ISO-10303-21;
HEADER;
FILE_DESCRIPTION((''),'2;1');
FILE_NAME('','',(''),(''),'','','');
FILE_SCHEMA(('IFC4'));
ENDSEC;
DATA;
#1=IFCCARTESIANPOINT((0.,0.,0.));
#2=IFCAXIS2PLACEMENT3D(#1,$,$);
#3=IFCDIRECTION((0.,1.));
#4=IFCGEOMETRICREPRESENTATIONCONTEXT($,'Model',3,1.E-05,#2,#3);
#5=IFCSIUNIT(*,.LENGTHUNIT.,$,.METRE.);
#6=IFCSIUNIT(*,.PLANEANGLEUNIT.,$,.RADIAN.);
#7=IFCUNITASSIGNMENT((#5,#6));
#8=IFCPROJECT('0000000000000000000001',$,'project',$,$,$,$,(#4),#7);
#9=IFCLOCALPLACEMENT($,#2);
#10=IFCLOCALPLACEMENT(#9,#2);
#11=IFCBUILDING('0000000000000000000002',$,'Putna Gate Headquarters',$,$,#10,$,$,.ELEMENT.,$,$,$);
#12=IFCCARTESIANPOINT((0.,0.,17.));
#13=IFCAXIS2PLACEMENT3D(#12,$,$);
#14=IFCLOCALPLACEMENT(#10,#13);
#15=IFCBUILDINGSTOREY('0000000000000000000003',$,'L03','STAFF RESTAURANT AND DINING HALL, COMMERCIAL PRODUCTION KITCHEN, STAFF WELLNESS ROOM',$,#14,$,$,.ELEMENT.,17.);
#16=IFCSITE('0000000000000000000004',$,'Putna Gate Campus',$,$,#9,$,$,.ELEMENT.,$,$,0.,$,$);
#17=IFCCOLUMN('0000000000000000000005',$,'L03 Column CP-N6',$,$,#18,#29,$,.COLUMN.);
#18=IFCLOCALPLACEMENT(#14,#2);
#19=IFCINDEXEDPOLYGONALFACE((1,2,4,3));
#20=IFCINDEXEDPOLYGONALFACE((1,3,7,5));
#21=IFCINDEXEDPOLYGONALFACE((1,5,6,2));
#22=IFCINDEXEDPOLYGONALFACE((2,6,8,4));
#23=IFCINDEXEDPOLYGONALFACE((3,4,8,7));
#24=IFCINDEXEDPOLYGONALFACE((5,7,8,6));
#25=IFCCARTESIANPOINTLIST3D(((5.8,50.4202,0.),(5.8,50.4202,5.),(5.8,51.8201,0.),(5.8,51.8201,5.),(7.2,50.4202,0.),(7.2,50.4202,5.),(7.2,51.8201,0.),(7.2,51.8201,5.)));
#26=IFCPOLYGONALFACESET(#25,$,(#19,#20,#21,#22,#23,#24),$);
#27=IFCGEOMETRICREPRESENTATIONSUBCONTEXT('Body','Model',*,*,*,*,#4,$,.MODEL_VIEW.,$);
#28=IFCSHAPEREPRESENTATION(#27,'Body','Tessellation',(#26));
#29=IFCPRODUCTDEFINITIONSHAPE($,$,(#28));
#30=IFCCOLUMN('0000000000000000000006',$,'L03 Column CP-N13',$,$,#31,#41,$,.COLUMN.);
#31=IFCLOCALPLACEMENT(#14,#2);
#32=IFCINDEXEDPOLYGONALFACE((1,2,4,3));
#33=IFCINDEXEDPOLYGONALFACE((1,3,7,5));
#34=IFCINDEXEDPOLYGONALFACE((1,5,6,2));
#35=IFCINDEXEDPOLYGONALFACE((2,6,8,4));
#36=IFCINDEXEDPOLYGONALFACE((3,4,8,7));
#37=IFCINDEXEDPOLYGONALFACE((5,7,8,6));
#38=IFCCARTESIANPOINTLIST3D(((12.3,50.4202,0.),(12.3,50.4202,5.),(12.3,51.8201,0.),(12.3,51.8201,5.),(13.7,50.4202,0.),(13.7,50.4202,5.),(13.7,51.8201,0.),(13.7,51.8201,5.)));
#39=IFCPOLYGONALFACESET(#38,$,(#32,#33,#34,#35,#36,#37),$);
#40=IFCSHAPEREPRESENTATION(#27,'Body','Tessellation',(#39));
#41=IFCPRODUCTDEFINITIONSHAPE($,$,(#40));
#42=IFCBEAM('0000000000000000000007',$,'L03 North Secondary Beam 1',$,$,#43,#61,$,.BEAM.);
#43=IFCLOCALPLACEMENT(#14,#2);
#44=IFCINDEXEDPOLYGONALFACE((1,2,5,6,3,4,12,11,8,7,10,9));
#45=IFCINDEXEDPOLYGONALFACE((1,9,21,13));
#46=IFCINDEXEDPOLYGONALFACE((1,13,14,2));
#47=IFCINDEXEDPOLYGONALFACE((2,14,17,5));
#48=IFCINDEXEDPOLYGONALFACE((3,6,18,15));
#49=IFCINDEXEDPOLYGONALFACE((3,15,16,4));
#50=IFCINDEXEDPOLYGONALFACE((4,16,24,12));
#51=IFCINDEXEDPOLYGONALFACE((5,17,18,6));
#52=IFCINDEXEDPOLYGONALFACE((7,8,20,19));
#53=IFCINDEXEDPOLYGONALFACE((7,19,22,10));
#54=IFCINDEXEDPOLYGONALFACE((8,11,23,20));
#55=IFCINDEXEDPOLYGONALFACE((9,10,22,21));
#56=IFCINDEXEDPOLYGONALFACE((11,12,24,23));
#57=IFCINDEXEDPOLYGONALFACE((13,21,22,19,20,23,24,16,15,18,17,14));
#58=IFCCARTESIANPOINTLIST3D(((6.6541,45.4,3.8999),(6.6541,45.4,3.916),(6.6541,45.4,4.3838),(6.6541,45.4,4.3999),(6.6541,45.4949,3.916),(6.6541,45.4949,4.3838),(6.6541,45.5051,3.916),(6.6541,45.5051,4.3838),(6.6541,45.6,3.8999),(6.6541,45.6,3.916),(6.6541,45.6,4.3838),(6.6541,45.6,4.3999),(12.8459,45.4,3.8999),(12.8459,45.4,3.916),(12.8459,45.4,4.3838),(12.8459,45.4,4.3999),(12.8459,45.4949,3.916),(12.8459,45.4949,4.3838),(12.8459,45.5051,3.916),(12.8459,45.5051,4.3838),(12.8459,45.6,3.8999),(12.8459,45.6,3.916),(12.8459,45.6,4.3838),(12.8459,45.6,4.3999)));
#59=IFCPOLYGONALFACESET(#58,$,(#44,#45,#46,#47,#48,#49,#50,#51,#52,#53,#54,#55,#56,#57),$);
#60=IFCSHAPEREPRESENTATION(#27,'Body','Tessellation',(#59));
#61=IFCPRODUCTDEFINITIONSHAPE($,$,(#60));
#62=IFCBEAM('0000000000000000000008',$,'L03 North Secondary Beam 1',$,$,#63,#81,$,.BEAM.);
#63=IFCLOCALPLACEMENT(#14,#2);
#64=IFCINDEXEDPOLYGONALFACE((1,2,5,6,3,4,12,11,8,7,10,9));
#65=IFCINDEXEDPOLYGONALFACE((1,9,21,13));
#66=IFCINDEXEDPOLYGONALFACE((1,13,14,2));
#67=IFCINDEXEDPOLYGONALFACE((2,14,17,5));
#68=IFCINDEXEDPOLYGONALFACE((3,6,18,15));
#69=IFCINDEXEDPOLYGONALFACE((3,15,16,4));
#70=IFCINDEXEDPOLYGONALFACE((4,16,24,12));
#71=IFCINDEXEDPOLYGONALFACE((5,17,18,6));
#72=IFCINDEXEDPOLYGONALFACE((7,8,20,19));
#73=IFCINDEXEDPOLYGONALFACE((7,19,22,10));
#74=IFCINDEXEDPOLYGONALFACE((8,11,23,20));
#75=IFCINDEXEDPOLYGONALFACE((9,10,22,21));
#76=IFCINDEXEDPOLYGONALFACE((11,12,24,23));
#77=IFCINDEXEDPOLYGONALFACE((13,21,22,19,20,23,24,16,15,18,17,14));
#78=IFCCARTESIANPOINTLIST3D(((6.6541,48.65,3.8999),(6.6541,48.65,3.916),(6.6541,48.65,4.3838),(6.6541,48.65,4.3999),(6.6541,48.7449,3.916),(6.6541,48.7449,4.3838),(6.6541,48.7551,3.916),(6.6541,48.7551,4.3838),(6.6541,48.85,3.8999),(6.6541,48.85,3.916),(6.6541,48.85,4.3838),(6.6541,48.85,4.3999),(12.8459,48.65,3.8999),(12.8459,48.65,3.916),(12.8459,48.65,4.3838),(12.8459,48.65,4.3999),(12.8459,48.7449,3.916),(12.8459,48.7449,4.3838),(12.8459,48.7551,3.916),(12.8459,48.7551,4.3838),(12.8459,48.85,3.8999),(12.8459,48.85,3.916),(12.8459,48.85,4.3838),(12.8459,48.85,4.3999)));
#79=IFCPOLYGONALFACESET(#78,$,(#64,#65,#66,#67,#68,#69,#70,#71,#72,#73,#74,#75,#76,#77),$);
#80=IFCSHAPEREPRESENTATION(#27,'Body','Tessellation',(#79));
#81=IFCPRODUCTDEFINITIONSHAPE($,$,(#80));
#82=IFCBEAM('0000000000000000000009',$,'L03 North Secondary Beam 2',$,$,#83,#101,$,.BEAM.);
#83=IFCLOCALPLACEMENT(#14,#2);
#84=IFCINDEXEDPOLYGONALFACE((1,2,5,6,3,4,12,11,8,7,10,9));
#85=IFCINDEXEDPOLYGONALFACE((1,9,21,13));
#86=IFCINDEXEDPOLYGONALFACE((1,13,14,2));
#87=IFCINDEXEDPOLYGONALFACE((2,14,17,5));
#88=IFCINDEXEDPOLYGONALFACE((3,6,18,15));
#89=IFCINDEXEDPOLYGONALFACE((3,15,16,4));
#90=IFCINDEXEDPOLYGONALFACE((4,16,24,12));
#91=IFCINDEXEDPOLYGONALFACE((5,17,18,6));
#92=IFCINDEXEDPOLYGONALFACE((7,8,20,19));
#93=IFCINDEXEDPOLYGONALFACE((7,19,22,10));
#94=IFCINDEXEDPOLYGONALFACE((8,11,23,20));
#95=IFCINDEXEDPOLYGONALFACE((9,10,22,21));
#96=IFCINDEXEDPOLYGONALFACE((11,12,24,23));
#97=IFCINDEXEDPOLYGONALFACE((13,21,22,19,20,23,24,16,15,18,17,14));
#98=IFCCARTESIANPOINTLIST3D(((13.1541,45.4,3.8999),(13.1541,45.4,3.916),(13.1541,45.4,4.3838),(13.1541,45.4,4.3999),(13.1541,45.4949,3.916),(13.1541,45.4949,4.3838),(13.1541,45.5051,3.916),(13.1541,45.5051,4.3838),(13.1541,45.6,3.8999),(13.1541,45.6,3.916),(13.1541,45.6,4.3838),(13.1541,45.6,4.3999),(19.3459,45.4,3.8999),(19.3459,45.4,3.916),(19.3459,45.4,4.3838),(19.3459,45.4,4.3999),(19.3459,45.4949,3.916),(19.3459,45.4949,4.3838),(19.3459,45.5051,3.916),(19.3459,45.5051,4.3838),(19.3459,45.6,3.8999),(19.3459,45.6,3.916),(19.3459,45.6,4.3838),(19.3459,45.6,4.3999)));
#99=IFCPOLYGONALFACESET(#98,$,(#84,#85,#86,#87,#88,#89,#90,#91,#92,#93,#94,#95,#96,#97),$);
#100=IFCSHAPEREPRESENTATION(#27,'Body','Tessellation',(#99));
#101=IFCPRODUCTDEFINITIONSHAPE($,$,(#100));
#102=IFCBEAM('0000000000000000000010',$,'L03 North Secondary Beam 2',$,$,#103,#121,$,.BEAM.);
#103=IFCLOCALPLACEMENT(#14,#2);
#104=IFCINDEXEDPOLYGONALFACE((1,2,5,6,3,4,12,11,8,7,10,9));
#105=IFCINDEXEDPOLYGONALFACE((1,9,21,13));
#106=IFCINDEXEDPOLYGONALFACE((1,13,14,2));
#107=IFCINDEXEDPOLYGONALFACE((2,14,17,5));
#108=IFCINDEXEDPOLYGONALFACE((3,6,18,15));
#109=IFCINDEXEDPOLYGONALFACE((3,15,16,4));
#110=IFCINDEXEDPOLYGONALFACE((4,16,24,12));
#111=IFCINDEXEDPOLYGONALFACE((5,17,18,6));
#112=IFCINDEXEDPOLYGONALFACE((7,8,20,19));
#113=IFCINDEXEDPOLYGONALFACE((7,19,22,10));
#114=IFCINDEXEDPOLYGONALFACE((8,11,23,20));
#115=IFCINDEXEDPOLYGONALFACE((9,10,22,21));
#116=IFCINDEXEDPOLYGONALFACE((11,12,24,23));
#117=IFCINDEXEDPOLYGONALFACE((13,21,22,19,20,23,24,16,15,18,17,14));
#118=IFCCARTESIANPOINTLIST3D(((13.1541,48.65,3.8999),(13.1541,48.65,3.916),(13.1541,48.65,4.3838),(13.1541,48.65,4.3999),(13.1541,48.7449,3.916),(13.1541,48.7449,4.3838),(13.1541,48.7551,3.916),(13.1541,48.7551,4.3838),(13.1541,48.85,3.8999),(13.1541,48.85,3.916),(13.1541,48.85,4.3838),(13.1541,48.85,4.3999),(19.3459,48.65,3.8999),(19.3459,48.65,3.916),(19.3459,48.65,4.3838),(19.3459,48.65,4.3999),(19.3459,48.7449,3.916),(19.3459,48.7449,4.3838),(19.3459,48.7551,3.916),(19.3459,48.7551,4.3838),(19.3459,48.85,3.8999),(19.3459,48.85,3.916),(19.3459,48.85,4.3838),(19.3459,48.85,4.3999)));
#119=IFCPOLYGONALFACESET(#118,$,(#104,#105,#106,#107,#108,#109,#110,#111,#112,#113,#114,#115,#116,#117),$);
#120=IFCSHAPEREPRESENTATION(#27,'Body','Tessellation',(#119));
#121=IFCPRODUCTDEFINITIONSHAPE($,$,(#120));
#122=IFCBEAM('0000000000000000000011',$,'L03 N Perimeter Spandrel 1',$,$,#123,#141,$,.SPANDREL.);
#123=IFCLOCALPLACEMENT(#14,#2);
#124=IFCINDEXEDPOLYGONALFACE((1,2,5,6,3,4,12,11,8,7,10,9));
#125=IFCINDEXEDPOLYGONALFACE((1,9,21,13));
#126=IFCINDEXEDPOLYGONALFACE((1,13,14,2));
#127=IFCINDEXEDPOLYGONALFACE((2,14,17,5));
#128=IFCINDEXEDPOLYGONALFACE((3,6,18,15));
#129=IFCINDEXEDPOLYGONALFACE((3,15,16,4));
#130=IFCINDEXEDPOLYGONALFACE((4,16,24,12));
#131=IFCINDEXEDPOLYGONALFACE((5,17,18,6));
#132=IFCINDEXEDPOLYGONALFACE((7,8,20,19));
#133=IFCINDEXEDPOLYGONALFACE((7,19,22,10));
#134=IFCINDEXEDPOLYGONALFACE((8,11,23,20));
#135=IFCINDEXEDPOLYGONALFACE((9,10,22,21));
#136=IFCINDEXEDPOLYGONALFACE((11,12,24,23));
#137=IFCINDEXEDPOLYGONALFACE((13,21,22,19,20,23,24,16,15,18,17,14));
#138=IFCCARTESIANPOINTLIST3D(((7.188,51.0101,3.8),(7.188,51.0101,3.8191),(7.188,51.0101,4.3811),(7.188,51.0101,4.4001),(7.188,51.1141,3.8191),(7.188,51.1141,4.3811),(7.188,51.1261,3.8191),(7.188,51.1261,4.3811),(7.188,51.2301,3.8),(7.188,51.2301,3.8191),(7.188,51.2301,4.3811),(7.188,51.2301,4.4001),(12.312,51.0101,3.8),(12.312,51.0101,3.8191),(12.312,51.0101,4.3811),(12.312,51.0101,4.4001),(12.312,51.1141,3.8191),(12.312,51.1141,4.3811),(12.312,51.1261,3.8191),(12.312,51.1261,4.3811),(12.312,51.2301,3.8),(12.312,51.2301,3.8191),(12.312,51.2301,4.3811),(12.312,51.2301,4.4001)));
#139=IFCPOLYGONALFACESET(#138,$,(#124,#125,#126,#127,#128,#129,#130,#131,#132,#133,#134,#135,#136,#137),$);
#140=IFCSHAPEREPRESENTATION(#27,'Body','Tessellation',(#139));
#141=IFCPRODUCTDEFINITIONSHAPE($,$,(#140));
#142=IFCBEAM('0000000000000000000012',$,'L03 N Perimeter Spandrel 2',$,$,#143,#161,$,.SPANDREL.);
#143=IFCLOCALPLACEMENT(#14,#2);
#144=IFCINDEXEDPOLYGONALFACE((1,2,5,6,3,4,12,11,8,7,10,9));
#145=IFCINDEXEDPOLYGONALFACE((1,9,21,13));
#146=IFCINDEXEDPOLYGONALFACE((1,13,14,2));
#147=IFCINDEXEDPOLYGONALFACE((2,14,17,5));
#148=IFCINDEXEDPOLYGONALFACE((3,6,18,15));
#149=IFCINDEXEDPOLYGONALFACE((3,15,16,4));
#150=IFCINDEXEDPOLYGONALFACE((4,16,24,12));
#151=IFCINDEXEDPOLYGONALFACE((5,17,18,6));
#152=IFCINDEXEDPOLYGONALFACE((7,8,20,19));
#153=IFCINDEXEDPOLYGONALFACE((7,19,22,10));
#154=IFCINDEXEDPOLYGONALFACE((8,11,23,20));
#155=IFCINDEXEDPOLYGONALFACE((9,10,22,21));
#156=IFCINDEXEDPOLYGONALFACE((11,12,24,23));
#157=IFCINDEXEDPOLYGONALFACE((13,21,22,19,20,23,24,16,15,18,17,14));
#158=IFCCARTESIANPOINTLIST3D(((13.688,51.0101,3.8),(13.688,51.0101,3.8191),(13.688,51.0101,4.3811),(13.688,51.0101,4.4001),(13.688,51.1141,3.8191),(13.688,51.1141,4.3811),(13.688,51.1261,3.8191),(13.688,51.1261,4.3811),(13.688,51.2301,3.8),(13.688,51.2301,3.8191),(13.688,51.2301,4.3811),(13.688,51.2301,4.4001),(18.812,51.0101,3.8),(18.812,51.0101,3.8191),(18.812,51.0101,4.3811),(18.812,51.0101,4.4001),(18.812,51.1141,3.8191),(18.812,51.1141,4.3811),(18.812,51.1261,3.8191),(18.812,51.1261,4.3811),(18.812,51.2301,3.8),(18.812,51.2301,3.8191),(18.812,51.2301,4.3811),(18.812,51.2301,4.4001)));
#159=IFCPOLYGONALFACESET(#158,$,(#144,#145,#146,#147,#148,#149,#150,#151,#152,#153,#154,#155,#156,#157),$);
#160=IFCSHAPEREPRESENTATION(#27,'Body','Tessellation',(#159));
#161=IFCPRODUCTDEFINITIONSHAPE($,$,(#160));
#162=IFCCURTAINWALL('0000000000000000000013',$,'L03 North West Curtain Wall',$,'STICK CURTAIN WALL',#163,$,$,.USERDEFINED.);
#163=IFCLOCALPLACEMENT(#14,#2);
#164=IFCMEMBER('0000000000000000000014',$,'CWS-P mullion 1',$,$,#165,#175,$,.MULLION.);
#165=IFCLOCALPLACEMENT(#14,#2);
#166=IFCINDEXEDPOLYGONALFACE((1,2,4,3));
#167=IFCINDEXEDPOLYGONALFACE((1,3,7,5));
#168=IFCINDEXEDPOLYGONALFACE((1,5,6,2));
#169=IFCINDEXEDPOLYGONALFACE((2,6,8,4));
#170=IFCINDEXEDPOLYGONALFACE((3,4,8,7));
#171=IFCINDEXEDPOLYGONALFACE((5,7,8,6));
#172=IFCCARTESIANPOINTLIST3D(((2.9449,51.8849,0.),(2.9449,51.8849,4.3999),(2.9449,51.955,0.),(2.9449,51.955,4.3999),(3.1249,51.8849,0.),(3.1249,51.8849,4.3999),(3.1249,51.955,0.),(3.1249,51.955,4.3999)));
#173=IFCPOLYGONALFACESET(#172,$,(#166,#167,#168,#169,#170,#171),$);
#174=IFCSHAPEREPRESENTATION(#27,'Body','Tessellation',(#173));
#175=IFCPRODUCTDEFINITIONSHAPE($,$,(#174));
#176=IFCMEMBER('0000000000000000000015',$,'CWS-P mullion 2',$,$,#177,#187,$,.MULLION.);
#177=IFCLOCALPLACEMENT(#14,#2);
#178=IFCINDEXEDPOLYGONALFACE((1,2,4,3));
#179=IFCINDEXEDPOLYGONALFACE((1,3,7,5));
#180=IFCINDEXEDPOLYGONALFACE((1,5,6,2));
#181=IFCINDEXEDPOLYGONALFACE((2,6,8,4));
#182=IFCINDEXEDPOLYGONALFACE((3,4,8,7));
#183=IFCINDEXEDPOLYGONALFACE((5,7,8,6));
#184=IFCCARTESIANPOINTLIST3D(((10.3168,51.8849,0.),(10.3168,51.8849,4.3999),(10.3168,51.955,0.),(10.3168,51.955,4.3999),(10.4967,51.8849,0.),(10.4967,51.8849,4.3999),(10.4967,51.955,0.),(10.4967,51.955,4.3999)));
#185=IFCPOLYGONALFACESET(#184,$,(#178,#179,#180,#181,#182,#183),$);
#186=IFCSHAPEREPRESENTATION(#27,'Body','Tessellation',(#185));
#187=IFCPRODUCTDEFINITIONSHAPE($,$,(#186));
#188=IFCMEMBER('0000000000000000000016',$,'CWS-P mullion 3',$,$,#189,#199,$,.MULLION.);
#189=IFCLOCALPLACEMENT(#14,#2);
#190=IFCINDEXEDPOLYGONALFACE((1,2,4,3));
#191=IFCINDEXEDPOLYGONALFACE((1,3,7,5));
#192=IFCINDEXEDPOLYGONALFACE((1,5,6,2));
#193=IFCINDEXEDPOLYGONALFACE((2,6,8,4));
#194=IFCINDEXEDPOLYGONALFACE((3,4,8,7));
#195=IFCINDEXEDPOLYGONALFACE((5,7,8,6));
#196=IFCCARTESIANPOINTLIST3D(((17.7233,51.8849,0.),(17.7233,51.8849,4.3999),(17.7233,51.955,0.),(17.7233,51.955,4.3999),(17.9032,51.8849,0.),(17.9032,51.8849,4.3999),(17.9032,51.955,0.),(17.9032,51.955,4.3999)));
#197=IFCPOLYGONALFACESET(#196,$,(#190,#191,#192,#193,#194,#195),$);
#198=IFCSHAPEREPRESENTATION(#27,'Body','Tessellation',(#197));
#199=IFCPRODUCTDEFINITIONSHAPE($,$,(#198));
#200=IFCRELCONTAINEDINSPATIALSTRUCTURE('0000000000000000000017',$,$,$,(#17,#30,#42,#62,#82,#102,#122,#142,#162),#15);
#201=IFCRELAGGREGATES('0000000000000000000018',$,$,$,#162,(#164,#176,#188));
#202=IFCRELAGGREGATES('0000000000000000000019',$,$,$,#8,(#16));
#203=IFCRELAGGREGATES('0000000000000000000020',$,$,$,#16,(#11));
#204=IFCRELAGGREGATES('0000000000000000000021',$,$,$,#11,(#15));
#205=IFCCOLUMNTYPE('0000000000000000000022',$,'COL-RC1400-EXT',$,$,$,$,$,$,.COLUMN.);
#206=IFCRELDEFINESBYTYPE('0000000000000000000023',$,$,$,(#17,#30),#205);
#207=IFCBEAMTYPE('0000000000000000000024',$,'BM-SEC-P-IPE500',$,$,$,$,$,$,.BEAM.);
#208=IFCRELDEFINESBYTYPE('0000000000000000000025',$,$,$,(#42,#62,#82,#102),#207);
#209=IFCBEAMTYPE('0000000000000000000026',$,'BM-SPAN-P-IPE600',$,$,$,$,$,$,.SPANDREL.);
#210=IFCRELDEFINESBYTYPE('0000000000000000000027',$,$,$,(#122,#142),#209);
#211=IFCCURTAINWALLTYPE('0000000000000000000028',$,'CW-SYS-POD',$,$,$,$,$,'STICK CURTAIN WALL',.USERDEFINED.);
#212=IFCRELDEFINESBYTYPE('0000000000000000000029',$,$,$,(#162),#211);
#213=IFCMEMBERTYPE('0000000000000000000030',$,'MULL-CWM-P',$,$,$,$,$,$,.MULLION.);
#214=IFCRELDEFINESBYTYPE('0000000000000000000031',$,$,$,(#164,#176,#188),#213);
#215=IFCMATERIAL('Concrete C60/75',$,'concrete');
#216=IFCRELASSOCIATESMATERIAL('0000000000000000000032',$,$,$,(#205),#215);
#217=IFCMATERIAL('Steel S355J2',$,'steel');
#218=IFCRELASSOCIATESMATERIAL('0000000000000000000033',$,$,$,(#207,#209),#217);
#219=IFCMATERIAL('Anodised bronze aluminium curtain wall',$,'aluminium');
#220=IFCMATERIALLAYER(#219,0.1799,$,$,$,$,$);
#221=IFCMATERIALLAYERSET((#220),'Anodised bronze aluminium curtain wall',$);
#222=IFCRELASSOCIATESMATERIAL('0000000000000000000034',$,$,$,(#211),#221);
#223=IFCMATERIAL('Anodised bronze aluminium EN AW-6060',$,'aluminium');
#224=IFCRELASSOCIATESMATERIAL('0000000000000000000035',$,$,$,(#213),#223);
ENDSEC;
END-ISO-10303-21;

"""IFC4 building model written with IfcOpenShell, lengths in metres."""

from ifc_helpers import new_model, si_unit, direction, frame, origin, origin_2d, place, context, subcontext, project, spatial, rectangle, i_section, extrude, material, layer, layer_set, material_profile, profile_set, type_object, element, aggregate, save


model = new_model("IFC4")

# Units and contexts
model_context = context("Model", 3, precision=1e-05, world=origin(), true_north=direction((0.0, 1.0)))
body_context = subcontext(model_context, "Body", "Model", "MODEL_VIEW")
ifc_project = project(units=[si_unit("LENGTHUNIT", "METRE"), si_unit("PLANEANGLEUNIT", "RADIAN")], contexts=[model_context])

# Site, building, storey
site_placement = place(None, origin())
site = spatial("IfcSite", under=ifc_project, at=site_placement, Name="Putna Gate Campus", CompositionType="ELEMENT", RefElevation=0.0)
building_placement = place(site_placement, origin())
building = spatial("IfcBuilding", under=site, at=building_placement, Name="Putna Gate Headquarters", CompositionType="ELEMENT")
storey_placement = place(building_placement, frame((0.0, 0.0, 17.0)))
storey = spatial("IfcBuildingStorey", under=building, at=storey_placement, Name="L03", Description="STAFF RESTAURANT AND DINING HALL, COMMERCIAL PRODUCTION KITCHEN, STAFF WELLNESS ROOM", CompositionType="ELEMENT", Elevation=17.0)

# Columns
ifc_material_1 = material(Name="Concrete C60/75", Category="concrete")
ifc_material_profile_1 = material_profile(ifc_material_1, rectangle(XDim=1.3999, YDim=1.3999, at=origin_2d()), Name="Concrete C60/75")
ifc_profile_set_1 = profile_set([ifc_material_profile_1], Name="Concrete C60/75")
column_type = type_object("IfcColumnType", Name="COL-RC1400-EXT", PredefinedType="COLUMN", material=ifc_profile_set_1)
for number, where, z_axis, x_axis, name in (
    (1, (6.5, 51.1201, 0.0), (0.0, 0.0, 1.0), (1.0, 0.0, 0.0), "L03 Column CP-N6"),
    (2, (13.0, 51.1201, 0.0), (0.0, 0.0, 1.0), (1.0, 0.0, 0.0), "L03 Column CP-N13"),
):
    element("IfcColumn", number, at=place(storey_placement, frame(where, z_axis=z_axis, x_axis=x_axis)), inside=storey, type_object=column_type, Name=name, PredefinedType="COLUMN", context=body_context, shape_type="SweptSolid", body=[
        extrude(rectangle(XDim=1.3999, YDim=1.3999, at=origin_2d()), origin(), (0.0, 0.0, 1.0), 5.0),
    ])

# Beams
ifc_material_2 = material(Name="Steel S355J2", Category="steel")
ifc_material_profile_2 = material_profile(ifc_material_2, i_section(OverallWidth=0.2, OverallDepth=0.5, WebThickness=0.0103, FlangeThickness=0.0161, at=origin_2d()), Name="Steel S355J2")
ifc_profile_set_2 = profile_set([ifc_material_profile_2], Name="Steel S355J2")
beam_type_1 = type_object("IfcBeamType", Name="BM-SEC-P-IPE500", PredefinedType="BEAM", material=ifc_profile_set_2)
for number, where, z_axis, x_axis, name in (
    (3, (6.6541, 45.5, 4.1499), (1.0, 0.0, 0.0), (0.0, 1.0, 0.0), "L03 North Secondary Beam 1"),
    (4, (6.6541, 48.75, 4.1499), (1.0, 0.0, 0.0), (0.0, 1.0, 0.0), "L03 North Secondary Beam 1"),
    (5, (13.1541, 45.5, 4.1499), (1.0, 0.0, 0.0), (0.0, 1.0, 0.0), "L03 North Secondary Beam 2"),
    (6, (13.1541, 48.75, 4.1499), (1.0, 0.0, 0.0), (0.0, 1.0, 0.0), "L03 North Secondary Beam 2"),
):
    element("IfcBeam", number, at=place(storey_placement, frame(where, z_axis=z_axis, x_axis=x_axis)), inside=storey, type_object=beam_type_1, Name=name, PredefinedType="BEAM", context=body_context, shape_type="SweptSolid", body=[
        extrude(i_section(OverallWidth=0.2, OverallDepth=0.5, WebThickness=0.0103, FlangeThickness=0.0161, at=origin_2d()), origin(), (0.0, 0.0, 1.0), 6.1919),
    ])
ifc_material_profile_3 = material_profile(ifc_material_2, i_section(OverallWidth=0.22, OverallDepth=0.6001, WebThickness=0.012, FlangeThickness=0.019, at=origin_2d()), Name="Steel S355J2")
ifc_profile_set_3 = profile_set([ifc_material_profile_3], Name="Steel S355J2")
beam_type_2 = type_object("IfcBeamType", Name="BM-SPAN-P-IPE600", PredefinedType="SPANDREL", material=ifc_profile_set_3)
for number, where, z_axis, x_axis, name in (
    (7, (7.188, 51.1201, 4.1001), (1.0, 0.0, 0.0), (0.0, 1.0, 0.0), "L03 N Perimeter Spandrel 1"),
    (8, (13.688, 51.1201, 4.1001), (1.0, 0.0, 0.0), (0.0, 1.0, 0.0), "L03 N Perimeter Spandrel 2"),
):
    element("IfcBeam", number, at=place(storey_placement, frame(where, z_axis=z_axis, x_axis=x_axis)), inside=storey, type_object=beam_type_2, Name=name, PredefinedType="SPANDREL", context=body_context, shape_type="SweptSolid", body=[
        extrude(i_section(OverallWidth=0.22, OverallDepth=0.6001, WebThickness=0.012, FlangeThickness=0.019, at=origin_2d()), origin(), (0.0, 0.0, 1.0), 5.124),
    ])

# Curtain wall, members
ifc_material_3 = material(Name="Anodised bronze aluminium curtain wall", Category="aluminium")
ifc_layer_1 = layer(ifc_material_3, 0.1799)
ifc_layer_set_1 = layer_set([ifc_layer_1], Name="Anodised bronze aluminium curtain wall")
curtain_wall_type = type_object("IfcCurtainWallType", Name="CW-SYS-POD", ElementType="STICK CURTAIN WALL", PredefinedType="USERDEFINED", material=ifc_layer_set_1)
curtain_wall_placement = place(storey_placement, origin())
curtain_wall = element("IfcCurtainWall", 9, at=curtain_wall_placement, inside=storey, type_object=curtain_wall_type, Name="L03 North West Curtain Wall", ObjectType="STICK CURTAIN WALL", PredefinedType="USERDEFINED")
ifc_material_4 = material(Name="Anodised bronze aluminium EN AW-6060", Category="aluminium")
ifc_material_profile_4 = material_profile(ifc_material_4, rectangle(XDim=0.0701, YDim=0.1799, at=origin_2d()), Name="Anodised bronze aluminium EN AW-6060")
ifc_profile_set_4 = profile_set([ifc_material_profile_4], Name="Anodised bronze aluminium EN AW-6060")
member_type_1 = type_object("IfcMemberType", Name="MULL-CWM-P", PredefinedType="MULLION", material=ifc_profile_set_4)
member_1_placement = place(storey_placement, frame((3.0349, 51.9199, 0.0), z_axis=(0.0, 0.0, 1.0), x_axis=(0.0, 1.0, 0.0)))
member_1 = element("IfcMember", 10, at=member_1_placement, type_object=member_type_1, Name="CWS-P mullion 1", PredefinedType="MULLION", context=body_context, shape_type="SweptSolid", body=[
    extrude(rectangle(XDim=0.0701, YDim=0.1799, at=origin_2d()), origin(), (0.0, 0.0, 1.0), 4.3999),
])
member_2_placement = place(storey_placement, frame((10.4067, 51.9199, 0.0), z_axis=(0.0, 0.0, 1.0), x_axis=(0.0, 1.0, 0.0)))
member_2 = element("IfcMember", 11, at=member_2_placement, type_object=member_type_1, Name="CWS-P mullion 2", PredefinedType="MULLION", context=body_context, shape_type="SweptSolid", body=[
    extrude(rectangle(XDim=0.0701, YDim=0.1799, at=origin_2d()), origin(), (0.0, 0.0, 1.0), 4.3999),
])
member_3_placement = place(storey_placement, frame((17.8132, 51.9199, 0.0), z_axis=(0.0, 0.0, 1.0), x_axis=(0.0, 1.0, 0.0)))
member_3 = element("IfcMember", 12, at=member_3_placement, type_object=member_type_1, Name="CWS-P mullion 3", PredefinedType="MULLION", context=body_context, shape_type="SweptSolid", body=[
    extrude(rectangle(XDim=0.0701, YDim=0.1799, at=origin_2d()), origin(), (0.0, 0.0, 1.0), 4.3999),
])
aggregate(curtain_wall, [member_1, member_2, member_3])

save(model, "model.ifc")
